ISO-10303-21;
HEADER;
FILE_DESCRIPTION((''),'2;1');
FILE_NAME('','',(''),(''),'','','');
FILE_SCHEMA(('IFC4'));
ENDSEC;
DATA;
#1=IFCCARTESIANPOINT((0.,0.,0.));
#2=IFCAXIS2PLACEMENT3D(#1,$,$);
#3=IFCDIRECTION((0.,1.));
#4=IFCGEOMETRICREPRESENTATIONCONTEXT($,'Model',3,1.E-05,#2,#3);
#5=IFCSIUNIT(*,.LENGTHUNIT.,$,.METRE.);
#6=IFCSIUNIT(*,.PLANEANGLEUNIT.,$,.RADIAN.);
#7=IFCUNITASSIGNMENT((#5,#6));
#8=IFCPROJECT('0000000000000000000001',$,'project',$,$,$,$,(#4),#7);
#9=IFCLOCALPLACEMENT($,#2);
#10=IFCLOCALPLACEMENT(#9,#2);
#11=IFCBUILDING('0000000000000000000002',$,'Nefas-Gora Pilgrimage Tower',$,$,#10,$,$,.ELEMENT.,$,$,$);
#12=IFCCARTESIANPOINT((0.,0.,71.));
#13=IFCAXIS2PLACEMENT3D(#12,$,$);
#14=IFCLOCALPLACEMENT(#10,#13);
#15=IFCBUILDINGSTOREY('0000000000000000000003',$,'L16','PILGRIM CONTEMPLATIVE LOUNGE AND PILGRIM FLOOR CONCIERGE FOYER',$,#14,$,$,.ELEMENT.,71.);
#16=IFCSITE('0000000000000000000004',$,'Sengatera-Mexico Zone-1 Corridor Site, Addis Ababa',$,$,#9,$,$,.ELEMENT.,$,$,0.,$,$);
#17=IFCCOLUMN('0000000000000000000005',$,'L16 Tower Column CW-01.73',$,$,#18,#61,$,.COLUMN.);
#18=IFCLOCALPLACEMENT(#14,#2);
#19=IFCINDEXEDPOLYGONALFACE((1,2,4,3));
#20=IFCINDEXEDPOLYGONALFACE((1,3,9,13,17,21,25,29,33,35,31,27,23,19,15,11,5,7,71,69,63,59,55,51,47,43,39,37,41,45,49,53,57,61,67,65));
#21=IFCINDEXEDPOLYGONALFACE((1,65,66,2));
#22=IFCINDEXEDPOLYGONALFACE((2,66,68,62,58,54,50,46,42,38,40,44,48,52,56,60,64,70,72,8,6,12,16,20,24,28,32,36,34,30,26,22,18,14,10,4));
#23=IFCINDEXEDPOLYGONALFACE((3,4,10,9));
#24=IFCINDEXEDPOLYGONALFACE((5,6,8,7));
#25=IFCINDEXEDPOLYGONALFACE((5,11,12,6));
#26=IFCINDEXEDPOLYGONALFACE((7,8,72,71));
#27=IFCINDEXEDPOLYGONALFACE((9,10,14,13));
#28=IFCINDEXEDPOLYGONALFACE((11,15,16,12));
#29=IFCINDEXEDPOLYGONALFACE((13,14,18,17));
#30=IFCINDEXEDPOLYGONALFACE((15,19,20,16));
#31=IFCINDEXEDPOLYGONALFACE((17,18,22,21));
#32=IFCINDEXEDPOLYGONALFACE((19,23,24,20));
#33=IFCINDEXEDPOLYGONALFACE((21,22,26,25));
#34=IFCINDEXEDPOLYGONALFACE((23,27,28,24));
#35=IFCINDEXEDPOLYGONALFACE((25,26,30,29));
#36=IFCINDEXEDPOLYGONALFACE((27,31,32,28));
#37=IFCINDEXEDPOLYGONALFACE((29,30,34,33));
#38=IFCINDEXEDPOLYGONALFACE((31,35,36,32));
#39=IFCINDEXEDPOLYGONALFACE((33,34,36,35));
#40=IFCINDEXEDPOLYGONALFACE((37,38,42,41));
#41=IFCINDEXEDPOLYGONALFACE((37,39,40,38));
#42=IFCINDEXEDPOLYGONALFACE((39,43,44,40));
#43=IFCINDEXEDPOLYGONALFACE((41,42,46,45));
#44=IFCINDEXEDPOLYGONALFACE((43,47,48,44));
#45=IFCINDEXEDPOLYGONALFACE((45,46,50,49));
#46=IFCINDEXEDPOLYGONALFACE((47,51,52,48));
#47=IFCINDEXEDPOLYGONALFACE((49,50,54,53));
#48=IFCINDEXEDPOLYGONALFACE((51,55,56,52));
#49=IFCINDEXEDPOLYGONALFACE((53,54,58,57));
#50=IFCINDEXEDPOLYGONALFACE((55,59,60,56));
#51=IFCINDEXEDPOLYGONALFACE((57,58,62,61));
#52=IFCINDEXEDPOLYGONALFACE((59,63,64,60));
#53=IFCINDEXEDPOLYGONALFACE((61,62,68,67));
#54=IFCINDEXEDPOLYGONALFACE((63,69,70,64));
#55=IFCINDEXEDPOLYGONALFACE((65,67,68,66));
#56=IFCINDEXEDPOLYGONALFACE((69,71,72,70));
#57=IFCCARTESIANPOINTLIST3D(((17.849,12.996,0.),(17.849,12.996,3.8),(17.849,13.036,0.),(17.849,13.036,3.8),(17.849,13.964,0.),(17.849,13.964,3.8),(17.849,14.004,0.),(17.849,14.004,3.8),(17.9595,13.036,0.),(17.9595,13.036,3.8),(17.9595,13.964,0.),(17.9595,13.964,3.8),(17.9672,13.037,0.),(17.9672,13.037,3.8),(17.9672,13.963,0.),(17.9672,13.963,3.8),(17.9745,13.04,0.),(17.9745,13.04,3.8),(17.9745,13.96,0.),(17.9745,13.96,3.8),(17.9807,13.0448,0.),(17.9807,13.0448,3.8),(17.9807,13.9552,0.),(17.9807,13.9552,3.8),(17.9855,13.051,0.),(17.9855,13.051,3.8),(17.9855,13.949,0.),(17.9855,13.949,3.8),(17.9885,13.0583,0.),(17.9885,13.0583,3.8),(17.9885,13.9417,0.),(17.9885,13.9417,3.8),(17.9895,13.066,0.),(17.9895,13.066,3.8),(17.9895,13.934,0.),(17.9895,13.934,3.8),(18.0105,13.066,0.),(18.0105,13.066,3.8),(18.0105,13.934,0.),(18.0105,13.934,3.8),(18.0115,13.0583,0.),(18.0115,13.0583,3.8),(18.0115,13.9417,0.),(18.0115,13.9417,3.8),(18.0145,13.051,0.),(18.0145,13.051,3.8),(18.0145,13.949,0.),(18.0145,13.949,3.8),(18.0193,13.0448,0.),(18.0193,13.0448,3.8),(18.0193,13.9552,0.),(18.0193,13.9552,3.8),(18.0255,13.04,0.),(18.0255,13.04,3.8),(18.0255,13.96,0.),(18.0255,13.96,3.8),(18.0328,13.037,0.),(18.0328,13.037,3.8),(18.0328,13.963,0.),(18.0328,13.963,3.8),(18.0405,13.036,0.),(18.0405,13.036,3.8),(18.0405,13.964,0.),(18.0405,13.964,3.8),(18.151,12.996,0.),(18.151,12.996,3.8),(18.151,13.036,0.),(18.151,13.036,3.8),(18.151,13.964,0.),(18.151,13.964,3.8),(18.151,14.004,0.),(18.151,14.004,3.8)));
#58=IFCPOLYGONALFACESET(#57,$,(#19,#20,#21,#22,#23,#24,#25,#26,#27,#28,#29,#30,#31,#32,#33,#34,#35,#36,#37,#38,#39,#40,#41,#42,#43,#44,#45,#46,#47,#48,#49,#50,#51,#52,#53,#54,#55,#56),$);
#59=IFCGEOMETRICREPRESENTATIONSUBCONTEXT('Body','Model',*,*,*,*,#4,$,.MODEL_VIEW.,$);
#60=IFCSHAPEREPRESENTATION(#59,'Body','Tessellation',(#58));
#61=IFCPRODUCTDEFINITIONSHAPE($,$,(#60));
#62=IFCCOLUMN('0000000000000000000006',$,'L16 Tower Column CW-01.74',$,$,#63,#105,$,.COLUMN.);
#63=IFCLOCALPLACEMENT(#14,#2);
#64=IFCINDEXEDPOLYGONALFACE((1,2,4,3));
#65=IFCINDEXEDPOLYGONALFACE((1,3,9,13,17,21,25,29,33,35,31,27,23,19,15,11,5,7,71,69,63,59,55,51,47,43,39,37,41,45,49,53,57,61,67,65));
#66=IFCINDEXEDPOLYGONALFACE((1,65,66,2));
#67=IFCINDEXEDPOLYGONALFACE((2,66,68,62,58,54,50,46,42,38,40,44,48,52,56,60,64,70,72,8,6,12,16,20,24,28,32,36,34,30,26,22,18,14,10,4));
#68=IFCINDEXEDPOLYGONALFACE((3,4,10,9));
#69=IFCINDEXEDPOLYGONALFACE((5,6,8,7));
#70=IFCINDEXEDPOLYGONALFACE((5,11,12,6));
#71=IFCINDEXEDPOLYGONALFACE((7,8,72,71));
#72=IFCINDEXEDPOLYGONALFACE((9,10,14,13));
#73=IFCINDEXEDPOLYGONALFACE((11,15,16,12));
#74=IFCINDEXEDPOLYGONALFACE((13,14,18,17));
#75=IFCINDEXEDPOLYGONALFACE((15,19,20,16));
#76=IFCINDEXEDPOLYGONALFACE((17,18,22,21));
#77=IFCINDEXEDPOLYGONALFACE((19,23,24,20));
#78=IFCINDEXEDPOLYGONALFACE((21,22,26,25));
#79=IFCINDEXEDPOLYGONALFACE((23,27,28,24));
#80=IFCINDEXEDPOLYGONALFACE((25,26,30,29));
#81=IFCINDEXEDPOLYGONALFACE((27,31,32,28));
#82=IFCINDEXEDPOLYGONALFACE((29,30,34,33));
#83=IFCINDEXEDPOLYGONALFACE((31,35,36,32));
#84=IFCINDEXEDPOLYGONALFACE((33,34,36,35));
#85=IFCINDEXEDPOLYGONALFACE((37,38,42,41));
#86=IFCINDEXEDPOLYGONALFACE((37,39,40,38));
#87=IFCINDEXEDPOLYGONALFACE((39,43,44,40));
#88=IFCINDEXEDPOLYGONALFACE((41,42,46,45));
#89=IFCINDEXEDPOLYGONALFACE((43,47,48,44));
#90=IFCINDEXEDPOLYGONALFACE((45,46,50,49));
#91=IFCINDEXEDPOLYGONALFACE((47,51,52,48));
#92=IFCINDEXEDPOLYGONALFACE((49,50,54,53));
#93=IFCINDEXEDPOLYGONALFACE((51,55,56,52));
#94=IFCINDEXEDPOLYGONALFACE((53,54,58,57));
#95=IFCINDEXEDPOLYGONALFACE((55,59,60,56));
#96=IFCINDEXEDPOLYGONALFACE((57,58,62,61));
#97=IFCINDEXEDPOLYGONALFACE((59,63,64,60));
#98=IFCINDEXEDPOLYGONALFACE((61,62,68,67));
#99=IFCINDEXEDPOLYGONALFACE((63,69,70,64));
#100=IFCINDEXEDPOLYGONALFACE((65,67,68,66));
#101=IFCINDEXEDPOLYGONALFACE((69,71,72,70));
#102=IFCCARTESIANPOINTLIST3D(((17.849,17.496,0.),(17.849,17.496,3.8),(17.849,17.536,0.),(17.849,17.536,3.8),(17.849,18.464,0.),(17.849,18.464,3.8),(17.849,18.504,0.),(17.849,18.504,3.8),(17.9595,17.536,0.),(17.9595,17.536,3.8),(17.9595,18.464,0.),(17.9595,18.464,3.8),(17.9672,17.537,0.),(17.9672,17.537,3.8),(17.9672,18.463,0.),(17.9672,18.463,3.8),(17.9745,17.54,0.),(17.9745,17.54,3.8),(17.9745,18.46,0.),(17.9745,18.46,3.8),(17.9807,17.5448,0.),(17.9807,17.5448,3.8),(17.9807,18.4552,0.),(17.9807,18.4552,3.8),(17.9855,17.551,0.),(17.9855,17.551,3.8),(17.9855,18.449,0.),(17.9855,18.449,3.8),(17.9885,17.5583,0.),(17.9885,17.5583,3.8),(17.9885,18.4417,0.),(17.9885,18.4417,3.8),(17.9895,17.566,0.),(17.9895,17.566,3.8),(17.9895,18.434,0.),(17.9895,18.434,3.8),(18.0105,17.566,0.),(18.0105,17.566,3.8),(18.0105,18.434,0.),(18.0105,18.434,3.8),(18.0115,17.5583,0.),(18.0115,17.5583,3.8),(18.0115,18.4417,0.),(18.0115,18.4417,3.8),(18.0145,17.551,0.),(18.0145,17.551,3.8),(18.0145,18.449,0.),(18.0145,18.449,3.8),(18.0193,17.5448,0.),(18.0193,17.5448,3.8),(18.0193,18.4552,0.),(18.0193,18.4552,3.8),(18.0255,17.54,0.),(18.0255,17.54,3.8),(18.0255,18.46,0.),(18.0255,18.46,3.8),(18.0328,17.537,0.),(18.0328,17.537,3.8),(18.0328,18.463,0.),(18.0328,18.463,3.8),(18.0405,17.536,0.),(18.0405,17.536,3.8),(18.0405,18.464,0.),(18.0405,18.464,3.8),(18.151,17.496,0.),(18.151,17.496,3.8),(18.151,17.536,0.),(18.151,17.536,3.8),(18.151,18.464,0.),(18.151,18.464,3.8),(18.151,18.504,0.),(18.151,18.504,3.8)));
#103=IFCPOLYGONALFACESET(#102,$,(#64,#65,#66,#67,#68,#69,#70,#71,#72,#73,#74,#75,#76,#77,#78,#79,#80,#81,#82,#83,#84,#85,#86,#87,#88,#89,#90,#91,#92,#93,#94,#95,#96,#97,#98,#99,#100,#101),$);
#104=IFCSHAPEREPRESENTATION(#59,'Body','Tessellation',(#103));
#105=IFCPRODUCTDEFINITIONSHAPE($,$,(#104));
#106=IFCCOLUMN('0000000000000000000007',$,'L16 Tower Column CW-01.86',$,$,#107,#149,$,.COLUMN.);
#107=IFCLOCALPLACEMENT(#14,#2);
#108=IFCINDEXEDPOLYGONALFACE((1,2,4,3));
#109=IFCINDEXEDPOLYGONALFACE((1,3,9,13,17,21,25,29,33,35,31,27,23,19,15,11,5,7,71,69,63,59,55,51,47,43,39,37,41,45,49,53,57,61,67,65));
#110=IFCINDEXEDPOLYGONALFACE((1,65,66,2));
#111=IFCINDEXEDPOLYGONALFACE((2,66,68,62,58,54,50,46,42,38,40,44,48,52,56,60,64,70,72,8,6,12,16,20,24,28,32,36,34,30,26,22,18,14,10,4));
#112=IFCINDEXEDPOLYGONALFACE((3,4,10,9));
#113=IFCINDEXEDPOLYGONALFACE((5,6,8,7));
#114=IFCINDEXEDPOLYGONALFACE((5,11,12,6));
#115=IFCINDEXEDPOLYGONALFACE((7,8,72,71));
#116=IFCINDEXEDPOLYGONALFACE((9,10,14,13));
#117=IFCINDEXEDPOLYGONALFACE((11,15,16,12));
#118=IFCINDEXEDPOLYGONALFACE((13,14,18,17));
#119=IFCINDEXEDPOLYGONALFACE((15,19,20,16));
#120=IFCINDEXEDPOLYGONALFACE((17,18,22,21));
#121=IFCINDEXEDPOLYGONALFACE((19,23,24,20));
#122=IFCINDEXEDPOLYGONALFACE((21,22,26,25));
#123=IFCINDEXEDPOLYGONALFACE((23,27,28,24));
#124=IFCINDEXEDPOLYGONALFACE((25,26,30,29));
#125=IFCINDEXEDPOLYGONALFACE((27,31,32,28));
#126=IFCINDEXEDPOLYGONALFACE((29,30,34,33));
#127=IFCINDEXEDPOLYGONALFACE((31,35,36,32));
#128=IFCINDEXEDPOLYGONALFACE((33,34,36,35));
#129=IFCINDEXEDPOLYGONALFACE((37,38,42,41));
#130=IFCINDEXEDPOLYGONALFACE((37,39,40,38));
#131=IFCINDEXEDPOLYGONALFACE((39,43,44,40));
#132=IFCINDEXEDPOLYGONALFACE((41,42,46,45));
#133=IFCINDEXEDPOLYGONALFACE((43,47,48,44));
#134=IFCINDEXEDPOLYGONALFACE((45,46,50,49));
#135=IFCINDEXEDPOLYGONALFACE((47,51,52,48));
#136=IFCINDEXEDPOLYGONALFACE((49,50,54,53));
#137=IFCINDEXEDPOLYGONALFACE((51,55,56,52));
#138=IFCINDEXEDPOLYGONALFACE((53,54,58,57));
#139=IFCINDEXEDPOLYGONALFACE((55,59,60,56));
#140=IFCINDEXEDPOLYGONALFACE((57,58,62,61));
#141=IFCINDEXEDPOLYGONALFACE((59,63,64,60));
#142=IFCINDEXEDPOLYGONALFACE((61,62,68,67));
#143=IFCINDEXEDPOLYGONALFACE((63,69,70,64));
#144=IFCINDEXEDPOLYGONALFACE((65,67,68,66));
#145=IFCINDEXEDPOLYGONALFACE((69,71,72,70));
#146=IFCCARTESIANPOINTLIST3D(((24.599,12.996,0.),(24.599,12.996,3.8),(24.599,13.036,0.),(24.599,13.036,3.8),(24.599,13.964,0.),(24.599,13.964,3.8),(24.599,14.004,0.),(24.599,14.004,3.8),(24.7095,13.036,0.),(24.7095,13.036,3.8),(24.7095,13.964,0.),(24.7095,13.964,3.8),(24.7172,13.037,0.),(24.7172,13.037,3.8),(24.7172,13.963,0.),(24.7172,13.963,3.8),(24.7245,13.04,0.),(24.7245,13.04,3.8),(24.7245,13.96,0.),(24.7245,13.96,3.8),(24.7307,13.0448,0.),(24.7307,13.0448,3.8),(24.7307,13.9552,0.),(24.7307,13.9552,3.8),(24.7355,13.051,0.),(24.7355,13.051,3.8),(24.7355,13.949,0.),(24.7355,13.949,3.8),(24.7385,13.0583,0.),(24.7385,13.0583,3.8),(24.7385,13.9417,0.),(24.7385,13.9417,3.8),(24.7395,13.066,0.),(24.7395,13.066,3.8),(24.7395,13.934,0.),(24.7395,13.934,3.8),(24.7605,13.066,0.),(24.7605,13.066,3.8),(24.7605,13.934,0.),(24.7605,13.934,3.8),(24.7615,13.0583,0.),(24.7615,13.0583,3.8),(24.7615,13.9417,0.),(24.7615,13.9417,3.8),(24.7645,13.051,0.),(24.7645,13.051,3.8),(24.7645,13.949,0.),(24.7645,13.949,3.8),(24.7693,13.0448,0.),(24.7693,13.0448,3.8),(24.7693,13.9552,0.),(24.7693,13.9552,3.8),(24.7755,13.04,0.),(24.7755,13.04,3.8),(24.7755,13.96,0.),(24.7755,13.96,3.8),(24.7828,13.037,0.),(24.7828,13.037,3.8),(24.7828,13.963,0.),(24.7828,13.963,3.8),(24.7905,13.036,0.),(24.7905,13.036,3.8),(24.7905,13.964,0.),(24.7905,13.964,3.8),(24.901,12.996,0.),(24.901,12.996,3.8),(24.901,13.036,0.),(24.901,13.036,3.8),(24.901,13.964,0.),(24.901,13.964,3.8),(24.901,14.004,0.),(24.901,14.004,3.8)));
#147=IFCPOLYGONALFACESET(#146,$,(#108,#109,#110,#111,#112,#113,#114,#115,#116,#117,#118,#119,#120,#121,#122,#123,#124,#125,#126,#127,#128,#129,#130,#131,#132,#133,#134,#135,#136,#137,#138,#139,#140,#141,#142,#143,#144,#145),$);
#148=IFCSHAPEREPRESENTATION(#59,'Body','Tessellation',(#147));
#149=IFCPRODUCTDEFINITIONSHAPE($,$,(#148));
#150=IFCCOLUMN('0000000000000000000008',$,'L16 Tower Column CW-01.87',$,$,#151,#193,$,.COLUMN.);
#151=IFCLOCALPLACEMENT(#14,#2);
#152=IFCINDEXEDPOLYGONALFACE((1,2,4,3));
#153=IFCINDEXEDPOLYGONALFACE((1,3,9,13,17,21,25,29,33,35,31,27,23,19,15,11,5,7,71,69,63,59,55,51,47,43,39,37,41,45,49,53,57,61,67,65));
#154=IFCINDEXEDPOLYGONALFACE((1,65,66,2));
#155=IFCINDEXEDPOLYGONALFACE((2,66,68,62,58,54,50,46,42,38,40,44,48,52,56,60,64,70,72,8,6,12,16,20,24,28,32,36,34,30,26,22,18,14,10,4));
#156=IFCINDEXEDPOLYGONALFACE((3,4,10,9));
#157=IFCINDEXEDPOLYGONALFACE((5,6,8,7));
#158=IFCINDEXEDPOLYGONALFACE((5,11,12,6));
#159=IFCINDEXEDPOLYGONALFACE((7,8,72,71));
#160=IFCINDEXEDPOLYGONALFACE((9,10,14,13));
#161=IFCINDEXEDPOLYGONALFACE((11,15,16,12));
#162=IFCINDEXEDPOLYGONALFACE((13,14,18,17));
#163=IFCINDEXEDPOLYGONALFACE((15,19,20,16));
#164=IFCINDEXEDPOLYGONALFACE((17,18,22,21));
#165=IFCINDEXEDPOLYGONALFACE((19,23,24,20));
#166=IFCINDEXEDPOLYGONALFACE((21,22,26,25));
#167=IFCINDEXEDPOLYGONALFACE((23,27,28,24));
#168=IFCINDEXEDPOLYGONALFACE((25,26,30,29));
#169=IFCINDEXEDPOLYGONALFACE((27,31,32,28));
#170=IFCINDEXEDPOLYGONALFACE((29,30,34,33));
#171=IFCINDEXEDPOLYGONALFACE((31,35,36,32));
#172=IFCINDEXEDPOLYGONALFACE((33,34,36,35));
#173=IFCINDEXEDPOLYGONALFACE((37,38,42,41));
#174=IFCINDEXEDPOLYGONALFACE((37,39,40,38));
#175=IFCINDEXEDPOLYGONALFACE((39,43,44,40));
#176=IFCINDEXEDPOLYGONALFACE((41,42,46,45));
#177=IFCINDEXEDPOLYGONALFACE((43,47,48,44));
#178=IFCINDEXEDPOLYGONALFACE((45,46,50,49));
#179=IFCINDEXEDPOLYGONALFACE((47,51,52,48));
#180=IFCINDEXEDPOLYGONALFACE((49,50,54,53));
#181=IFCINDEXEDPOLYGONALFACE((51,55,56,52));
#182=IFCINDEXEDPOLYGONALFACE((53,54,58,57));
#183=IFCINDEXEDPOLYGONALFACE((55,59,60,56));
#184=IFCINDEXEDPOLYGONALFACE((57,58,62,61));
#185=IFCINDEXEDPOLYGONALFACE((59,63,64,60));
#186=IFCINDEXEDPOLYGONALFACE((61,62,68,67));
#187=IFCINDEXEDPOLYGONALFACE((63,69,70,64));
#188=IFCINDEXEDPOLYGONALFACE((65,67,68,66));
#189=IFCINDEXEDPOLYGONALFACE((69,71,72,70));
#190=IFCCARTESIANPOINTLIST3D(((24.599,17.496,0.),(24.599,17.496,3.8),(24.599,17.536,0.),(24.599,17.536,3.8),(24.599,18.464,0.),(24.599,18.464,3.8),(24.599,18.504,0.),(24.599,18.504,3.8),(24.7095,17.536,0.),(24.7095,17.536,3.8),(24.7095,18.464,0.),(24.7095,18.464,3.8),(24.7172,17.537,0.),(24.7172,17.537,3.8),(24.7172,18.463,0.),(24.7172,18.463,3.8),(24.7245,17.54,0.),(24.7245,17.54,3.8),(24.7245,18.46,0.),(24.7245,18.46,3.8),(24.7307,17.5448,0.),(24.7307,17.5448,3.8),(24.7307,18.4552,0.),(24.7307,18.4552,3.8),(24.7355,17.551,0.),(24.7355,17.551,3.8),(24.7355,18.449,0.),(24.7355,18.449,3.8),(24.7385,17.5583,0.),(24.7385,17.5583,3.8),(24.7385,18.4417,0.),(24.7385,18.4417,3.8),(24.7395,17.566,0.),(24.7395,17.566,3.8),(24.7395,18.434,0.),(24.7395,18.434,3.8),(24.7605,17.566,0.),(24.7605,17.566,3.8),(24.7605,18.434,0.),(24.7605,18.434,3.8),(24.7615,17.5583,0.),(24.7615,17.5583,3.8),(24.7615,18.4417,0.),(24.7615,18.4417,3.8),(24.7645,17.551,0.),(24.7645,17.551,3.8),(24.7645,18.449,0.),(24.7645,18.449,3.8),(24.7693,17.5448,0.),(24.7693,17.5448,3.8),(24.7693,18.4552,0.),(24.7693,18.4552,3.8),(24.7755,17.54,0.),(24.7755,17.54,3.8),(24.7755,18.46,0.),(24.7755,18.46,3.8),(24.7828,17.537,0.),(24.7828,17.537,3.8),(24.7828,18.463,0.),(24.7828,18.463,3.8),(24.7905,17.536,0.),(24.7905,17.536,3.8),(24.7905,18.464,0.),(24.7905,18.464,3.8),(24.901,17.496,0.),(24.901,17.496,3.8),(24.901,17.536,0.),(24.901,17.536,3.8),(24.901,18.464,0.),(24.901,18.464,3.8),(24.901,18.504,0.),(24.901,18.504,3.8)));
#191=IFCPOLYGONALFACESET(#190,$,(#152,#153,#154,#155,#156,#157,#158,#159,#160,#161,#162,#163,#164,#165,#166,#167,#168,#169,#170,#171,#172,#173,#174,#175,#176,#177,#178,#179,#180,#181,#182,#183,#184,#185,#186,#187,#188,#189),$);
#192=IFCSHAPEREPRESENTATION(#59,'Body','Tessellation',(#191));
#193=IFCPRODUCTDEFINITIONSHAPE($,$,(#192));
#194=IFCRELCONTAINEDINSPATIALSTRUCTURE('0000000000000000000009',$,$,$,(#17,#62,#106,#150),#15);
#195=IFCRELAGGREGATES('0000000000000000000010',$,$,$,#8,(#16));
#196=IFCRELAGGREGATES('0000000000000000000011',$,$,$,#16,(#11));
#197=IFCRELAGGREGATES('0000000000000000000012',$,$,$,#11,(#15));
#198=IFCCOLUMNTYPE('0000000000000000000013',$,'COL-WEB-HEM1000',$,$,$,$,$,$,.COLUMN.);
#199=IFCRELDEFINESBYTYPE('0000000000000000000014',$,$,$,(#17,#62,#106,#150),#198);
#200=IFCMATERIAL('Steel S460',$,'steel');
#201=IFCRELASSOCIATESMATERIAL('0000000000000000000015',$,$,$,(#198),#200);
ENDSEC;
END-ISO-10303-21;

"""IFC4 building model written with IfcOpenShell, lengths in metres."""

from ifc_helpers import new_model, si_unit, direction, frame, origin, origin_2d, place, context, subcontext, project, spatial, i_section, extrude, source, transform, mapped, material, material_profile, profile_set, type_object, element, save


model = new_model("IFC4")

# Units and contexts
model_context = context("Model", 3, precision=1e-05, world=origin(), true_north=direction((0.0, 1.0)))
body_context = subcontext(model_context, "Body", "Model", "MODEL_VIEW")
ifc_project = project(units=[si_unit("LENGTHUNIT", "METRE"), si_unit("PLANEANGLEUNIT", "RADIAN")], contexts=[model_context])

# Site, building, storey
site_placement = place(None, origin())
site = spatial("IfcSite", under=ifc_project, at=site_placement, Name="Sengatera-Mexico Zone-1 Corridor Site, Addis Ababa", CompositionType="ELEMENT", RefElevation=0.0)
building_placement = place(site_placement, origin())
building = spatial("IfcBuilding", under=site, at=building_placement, Name="Nefas-Gora Pilgrimage Tower", CompositionType="ELEMENT")
storey_placement = place(building_placement, frame((0.0, 0.0, 71.0)))
storey = spatial("IfcBuildingStorey", under=building, at=storey_placement, Name="L16", Description="PILGRIM CONTEMPLATIVE LOUNGE AND PILGRIM FLOOR CONCIERGE FOYER", CompositionType="ELEMENT", Elevation=71.0)

# Columns
ifc_material_1 = material(Name="Steel S460", Category="steel")
ifc_material_profile_1 = material_profile(ifc_material_1, i_section(OverallWidth=0.302, OverallDepth=1.0081, WebThickness=0.021, FlangeThickness=0.04, FilletRadius=0.03, at=origin_2d()), Name="HEM 1000")
ifc_profile_set_1 = profile_set([ifc_material_profile_1], Name="Steel S460")
column_type_1 = type_object("IfcColumnType", Name="COL-WEB-HEM1000", PredefinedType="COLUMN", material=ifc_profile_set_1)
shared_shape_1 = source(origin(), body_context, "Body", "SweptSolid", [
    extrude(i_section(OverallWidth=0.302, OverallDepth=1.0081, WebThickness=0.021, FlangeThickness=0.04, FilletRadius=0.03, at=origin_2d()), origin(), (0.0, 0.0, 1.0), 3.8),
])
for number, where, z_axis, x_axis, name in (
    (1, (18.0, 13.5, 0.0), (0.0, 0.0, 1.0), (1.0, 0.0, 0.0), "L16 Tower Column CW-01.73"),
    (2, (18.0, 18.0, 0.0), (0.0, 0.0, 1.0), (1.0, 0.0, 0.0), "L16 Tower Column CW-01.74"),
    (3, (24.75, 13.5, 0.0), (0.0, 0.0, 1.0), (1.0, 0.0, 0.0), "L16 Tower Column CW-01.86"),
    (4, (24.75, 18.0, 0.0), (0.0, 0.0, 1.0), (1.0, 0.0, 0.0), "L16 Tower Column CW-01.87"),
):
    element("IfcColumn", number, at=place(storey_placement, frame(where, z_axis=z_axis, x_axis=x_axis)), inside=storey, type_object=column_type_1, Name=name, PredefinedType="COLUMN", context=body_context, shape_type="MappedRepresentation", body=[
        mapped(shared_shape_1, transform((0.0, 0.0, 0.0), x_axis=(1.0, 0.0, 0.0), y_axis=(0.0, 1.0, 0.0), z_axis=(0.0, 0.0, 1.0), scale=1.0)),
    ])

save(model, "model.ifc")
